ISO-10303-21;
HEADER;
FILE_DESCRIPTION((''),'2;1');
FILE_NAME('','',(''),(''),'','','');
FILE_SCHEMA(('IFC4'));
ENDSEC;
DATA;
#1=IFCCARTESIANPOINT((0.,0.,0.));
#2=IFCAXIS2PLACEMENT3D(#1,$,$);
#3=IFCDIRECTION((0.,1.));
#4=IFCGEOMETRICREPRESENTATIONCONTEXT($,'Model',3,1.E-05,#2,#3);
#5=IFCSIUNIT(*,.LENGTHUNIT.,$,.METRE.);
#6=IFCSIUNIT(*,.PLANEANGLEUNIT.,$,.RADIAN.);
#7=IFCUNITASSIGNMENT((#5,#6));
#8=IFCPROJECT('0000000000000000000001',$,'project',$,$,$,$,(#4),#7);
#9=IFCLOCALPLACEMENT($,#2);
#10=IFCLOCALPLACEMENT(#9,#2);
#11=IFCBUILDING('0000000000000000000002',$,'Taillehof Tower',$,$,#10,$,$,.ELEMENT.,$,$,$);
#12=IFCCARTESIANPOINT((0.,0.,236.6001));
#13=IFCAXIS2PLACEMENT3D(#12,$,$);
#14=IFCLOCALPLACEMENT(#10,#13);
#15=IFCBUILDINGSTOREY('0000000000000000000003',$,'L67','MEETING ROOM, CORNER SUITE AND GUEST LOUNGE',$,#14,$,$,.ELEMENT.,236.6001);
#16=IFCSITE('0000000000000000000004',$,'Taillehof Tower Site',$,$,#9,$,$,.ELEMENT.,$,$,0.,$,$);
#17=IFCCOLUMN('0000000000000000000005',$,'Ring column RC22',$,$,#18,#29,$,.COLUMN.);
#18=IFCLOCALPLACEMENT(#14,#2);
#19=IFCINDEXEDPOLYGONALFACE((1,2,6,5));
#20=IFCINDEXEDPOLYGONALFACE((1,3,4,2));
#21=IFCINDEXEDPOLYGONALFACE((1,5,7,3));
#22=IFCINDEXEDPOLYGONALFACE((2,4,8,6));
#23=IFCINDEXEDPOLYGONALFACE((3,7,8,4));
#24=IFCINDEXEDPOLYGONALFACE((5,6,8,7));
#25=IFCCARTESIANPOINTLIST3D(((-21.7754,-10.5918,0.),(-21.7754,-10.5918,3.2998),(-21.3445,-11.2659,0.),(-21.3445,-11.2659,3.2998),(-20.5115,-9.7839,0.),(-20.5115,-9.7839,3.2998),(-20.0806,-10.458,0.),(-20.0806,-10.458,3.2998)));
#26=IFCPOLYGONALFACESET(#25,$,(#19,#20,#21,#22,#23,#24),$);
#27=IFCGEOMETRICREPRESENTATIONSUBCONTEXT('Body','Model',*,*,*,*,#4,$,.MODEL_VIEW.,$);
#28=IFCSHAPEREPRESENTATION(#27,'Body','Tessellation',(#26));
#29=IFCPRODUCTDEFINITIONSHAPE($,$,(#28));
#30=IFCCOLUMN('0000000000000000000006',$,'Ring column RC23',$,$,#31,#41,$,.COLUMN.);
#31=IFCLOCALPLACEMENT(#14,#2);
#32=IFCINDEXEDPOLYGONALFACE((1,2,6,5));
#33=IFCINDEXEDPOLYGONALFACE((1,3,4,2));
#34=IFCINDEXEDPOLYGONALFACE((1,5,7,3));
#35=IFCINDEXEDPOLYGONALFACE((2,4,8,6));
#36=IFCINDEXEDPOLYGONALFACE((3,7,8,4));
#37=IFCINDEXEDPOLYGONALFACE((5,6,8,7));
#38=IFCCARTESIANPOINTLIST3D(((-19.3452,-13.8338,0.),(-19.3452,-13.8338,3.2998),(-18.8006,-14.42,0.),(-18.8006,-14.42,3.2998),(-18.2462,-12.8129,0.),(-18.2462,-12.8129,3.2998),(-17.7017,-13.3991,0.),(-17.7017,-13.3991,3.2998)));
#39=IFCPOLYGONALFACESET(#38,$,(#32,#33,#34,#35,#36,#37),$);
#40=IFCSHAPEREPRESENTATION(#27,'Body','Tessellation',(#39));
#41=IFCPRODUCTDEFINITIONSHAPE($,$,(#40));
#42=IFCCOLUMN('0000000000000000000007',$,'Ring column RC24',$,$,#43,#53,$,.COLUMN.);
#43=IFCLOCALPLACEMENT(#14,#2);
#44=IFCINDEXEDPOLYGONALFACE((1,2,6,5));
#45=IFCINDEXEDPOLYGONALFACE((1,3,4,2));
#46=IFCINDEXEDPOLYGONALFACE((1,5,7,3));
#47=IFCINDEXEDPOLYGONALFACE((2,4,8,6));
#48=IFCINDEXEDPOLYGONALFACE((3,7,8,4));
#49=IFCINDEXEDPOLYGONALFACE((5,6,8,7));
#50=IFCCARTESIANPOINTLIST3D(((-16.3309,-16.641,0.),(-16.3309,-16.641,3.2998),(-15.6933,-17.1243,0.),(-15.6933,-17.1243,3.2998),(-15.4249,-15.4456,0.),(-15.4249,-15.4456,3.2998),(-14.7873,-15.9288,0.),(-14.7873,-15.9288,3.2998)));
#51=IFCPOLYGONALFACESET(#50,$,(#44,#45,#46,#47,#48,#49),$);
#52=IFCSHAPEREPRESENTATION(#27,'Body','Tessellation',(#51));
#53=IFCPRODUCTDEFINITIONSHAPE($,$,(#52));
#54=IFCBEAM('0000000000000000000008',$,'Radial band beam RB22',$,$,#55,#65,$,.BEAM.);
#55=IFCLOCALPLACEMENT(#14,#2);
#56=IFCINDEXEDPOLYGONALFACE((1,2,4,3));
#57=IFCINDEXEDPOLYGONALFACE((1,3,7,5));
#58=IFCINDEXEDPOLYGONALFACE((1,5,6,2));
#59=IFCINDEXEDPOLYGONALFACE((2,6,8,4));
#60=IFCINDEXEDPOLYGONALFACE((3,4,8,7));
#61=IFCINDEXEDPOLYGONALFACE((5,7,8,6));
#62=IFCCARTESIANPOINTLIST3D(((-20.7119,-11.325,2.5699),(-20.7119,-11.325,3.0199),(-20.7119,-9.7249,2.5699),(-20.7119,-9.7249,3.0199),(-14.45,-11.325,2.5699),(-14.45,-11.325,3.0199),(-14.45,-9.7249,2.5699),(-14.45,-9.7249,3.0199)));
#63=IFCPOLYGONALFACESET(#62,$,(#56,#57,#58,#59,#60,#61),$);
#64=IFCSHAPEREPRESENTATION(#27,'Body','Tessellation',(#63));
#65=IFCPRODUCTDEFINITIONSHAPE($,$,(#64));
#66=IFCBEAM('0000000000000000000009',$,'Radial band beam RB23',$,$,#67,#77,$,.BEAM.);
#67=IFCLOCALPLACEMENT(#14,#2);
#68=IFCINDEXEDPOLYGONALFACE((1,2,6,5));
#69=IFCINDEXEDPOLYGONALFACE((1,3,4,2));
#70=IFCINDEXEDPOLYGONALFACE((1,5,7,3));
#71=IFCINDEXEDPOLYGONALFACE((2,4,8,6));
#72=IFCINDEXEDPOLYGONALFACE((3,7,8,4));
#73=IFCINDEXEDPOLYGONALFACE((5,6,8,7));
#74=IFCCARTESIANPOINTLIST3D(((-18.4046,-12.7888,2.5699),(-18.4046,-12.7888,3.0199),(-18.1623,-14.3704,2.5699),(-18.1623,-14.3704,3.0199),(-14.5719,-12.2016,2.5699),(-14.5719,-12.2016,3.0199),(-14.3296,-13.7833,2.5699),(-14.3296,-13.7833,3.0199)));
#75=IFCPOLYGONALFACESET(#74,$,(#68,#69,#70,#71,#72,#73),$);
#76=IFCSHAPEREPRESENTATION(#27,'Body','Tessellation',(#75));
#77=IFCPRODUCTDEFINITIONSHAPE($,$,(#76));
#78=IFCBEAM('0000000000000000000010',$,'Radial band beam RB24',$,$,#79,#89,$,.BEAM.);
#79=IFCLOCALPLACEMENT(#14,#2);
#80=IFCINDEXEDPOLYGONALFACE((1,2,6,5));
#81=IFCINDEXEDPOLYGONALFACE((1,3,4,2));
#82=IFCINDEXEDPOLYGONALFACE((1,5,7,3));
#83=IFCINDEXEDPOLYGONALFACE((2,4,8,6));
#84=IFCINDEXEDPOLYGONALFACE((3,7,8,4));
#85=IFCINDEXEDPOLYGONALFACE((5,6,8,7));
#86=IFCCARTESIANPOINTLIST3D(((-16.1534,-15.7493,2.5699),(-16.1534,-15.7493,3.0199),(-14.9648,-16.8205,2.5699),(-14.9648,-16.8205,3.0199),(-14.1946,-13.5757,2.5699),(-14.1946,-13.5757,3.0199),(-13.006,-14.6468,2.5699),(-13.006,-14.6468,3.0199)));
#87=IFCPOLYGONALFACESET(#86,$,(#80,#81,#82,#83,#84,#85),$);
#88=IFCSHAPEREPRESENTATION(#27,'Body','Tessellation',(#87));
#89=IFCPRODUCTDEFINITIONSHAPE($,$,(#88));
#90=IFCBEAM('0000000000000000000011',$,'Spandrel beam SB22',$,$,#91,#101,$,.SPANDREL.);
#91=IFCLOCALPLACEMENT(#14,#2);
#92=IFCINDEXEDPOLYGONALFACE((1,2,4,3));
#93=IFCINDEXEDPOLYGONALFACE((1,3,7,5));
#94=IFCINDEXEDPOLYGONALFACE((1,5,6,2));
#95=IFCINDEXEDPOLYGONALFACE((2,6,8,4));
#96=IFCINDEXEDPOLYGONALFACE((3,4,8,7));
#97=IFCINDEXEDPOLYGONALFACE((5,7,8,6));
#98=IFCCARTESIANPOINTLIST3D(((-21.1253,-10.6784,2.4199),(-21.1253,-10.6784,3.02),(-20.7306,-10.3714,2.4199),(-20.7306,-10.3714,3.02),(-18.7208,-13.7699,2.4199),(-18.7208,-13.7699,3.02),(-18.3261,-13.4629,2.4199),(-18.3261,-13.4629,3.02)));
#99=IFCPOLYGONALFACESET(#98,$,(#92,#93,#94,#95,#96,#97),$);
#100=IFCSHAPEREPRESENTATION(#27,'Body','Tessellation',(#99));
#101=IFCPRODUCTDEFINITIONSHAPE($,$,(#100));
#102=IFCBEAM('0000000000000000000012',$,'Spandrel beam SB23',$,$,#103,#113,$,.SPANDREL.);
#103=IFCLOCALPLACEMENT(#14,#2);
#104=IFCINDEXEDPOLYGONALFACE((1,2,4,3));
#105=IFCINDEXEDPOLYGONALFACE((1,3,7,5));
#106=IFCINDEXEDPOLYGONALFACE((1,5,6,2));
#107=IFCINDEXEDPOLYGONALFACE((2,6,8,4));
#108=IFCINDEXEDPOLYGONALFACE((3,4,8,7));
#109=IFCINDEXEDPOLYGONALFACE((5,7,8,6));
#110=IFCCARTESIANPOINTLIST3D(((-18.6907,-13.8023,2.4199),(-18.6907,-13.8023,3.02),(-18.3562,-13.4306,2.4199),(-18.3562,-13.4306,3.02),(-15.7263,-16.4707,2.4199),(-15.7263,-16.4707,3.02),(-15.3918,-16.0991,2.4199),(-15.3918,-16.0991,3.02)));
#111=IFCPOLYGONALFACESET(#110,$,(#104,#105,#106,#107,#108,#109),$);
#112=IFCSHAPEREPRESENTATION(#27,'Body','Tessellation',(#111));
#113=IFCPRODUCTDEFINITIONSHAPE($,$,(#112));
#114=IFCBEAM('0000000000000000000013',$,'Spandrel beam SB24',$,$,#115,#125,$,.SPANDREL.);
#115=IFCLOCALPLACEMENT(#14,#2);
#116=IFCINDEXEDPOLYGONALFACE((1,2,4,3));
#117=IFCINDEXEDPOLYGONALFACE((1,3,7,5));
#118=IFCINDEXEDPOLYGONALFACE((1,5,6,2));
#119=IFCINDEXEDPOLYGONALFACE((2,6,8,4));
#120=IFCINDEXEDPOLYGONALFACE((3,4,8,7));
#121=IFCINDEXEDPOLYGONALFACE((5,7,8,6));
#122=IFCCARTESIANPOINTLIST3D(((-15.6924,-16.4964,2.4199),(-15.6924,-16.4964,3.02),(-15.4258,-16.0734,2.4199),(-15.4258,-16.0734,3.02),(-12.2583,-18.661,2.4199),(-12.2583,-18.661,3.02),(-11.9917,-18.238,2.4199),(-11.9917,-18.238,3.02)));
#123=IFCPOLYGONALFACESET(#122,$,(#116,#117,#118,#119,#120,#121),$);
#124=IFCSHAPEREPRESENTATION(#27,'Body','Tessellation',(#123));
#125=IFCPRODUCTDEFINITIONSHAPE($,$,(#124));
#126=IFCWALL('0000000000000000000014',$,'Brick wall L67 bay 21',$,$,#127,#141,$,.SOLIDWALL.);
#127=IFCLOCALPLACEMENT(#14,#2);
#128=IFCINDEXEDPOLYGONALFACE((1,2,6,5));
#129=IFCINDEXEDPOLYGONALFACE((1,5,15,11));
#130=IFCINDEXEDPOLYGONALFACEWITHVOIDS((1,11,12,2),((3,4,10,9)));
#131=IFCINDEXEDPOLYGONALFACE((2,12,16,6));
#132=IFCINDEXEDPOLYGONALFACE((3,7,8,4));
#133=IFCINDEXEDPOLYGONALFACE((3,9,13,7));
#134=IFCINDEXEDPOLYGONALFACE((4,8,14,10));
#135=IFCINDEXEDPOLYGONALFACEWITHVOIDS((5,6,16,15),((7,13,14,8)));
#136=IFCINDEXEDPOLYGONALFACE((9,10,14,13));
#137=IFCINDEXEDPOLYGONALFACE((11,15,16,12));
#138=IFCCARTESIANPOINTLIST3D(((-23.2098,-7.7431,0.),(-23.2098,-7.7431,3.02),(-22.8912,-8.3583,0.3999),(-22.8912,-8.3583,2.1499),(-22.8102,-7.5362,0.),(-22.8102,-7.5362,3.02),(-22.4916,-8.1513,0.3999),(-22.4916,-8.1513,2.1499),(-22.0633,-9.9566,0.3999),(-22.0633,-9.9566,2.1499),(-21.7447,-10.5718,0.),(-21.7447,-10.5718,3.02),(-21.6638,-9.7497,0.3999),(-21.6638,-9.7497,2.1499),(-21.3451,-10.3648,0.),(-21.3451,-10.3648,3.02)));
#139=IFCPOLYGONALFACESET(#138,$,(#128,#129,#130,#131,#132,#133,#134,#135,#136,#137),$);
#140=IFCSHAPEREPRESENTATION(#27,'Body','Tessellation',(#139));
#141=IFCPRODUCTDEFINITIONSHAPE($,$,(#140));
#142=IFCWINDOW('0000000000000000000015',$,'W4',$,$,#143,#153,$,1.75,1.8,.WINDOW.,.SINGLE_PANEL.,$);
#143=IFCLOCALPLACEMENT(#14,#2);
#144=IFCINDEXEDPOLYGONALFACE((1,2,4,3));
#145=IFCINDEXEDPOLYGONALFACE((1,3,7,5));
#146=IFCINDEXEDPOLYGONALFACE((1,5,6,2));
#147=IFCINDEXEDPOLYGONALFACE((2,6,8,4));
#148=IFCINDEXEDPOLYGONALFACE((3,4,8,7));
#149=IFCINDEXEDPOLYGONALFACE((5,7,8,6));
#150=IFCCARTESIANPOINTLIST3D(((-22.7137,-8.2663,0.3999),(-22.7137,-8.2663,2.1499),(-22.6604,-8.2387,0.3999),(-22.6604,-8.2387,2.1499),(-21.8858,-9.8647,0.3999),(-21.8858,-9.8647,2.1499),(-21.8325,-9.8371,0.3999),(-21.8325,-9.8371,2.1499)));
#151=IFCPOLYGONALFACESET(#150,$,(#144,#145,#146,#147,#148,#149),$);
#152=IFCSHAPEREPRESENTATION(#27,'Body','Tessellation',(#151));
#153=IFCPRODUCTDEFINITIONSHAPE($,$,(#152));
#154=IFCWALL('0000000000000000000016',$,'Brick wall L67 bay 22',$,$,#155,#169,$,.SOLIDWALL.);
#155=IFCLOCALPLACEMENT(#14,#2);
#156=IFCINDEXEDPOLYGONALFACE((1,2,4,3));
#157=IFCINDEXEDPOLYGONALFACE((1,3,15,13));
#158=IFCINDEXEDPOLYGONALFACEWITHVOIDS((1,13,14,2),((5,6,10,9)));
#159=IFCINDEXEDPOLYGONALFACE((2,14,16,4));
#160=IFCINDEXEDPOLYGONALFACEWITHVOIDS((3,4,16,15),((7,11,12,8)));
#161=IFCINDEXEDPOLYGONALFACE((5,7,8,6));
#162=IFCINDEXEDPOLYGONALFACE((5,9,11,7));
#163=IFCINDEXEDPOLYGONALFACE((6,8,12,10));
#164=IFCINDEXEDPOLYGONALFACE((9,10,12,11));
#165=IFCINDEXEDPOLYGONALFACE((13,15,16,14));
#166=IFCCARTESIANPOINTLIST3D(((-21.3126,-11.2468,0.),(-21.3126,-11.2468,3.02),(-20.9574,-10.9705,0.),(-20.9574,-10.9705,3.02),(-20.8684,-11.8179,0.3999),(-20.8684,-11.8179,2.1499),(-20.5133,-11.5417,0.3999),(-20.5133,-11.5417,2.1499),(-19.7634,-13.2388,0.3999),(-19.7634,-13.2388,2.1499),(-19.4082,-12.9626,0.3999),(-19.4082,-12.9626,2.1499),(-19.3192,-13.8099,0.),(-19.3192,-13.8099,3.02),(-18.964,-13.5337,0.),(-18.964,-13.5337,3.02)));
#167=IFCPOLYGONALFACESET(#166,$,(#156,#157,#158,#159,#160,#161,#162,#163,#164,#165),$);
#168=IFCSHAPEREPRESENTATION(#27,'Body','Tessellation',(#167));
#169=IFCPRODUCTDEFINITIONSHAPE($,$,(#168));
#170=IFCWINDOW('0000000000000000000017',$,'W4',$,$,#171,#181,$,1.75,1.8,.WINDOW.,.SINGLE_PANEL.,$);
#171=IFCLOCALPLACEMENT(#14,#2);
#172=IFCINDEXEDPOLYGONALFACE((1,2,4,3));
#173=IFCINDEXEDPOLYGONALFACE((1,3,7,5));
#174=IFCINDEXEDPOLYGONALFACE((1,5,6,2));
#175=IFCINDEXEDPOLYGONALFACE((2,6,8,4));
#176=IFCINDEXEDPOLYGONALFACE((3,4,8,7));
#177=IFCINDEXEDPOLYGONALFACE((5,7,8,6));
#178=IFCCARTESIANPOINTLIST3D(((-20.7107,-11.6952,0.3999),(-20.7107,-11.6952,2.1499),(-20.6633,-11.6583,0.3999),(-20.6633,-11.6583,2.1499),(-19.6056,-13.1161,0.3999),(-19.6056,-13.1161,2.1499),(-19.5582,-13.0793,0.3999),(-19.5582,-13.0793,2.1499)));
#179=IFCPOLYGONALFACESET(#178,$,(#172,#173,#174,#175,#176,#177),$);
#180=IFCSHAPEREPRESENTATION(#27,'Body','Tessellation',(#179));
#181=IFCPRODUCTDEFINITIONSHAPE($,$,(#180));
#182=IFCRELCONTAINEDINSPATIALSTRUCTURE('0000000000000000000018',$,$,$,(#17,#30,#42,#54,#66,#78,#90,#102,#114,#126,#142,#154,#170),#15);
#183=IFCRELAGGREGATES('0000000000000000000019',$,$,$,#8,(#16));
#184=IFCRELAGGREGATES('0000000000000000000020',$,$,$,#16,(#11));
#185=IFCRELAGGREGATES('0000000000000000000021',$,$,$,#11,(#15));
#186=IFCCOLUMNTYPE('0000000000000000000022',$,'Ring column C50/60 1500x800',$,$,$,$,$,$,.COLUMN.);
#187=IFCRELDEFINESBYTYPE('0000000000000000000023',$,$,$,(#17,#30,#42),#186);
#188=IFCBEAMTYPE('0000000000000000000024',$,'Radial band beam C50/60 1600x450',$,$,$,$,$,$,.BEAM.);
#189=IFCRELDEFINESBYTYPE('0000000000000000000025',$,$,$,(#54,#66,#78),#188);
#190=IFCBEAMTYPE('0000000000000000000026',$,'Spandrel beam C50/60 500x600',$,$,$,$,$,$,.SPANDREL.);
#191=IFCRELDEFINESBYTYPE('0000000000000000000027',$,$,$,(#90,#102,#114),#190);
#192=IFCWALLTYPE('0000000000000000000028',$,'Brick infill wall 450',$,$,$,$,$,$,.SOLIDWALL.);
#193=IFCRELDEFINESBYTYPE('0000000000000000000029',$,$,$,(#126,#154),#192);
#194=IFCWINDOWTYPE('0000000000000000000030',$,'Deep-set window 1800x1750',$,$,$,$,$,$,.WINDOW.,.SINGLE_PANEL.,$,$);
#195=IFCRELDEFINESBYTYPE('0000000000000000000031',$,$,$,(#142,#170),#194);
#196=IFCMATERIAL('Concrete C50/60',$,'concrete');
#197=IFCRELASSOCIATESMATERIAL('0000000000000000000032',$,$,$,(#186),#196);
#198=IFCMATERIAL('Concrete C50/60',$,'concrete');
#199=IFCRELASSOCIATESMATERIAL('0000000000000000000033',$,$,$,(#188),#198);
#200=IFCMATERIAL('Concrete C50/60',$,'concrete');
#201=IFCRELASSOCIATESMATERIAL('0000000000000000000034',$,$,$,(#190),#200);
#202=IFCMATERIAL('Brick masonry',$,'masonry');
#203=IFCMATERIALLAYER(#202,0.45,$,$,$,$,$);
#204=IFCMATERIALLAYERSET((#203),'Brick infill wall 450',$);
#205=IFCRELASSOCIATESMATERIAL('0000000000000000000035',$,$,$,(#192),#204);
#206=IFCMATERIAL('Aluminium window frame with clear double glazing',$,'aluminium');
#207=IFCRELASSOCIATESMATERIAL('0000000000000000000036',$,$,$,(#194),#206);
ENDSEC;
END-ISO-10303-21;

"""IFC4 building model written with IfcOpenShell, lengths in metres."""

from ifc_helpers import new_model, si_unit, direction, frame, frame_2d, origin, origin_2d, place, context, subcontext, project, spatial, rectangle, extrude, material, layer, layer_set, material_profile, profile_set, type_object, element, fill, save


model = new_model("IFC4")

# Units and contexts
model_context = context("Model", 3, precision=1e-05, world=origin(), true_north=direction((0.0, 1.0)))
body_context = subcontext(model_context, "Body", "Model", "MODEL_VIEW")
ifc_project = project(units=[si_unit("LENGTHUNIT", "METRE"), si_unit("PLANEANGLEUNIT", "RADIAN")], contexts=[model_context])

# Site, building, storey
site_placement = place(None, origin())
site = spatial("IfcSite", under=ifc_project, at=site_placement, Name="Taillehof Tower Site", CompositionType="ELEMENT", RefElevation=0.0)
building_placement = place(site_placement, origin())
building = spatial("IfcBuilding", under=site, at=building_placement, Name="Taillehof Tower", CompositionType="ELEMENT")
storey_placement = place(building_placement, frame((0.0, 0.0, 236.6001)))
storey = spatial("IfcBuildingStorey", under=building, at=storey_placement, Name="L67", Description="MEETING ROOM, CORNER SUITE AND GUEST LOUNGE", CompositionType="ELEMENT", Elevation=236.6001)

# Columns
ifc_material_1 = material(Name="Concrete C50/60", Category="concrete")
ifc_material_profile_1 = material_profile(ifc_material_1, rectangle(XDim=1.5, YDim=0.8, at=origin_2d()), Name="RC 1500x800")
ifc_profile_set_1 = profile_set([ifc_material_profile_1], Name="Concrete C50/60")
column_type = type_object("IfcColumnType", Name="Ring column C50/60 1500x800", PredefinedType="COLUMN", material=ifc_profile_set_1)
for number, where, z_axis, x_axis, name in (
    (1, (-20.928, -10.5249, 0.0), (0.0, 0.0, 1.0), (-0.842574, -0.538581, 0.0), "Ring column RC22"),
    (2, (-18.5234, -13.6165, 0.0), (0.0, 0.0, 1.0), (-0.732636, -0.680621, 0.0), "Ring column RC23"),
    (3, (-15.5591, -16.2849, 0.0), (0.0, 0.0, 1.0), (-0.60402, -0.796969, 0.0), "Ring column RC24"),
):
    element("IfcColumn", number, at=place(storey_placement, frame(where, z_axis=z_axis, x_axis=x_axis)), inside=storey, type_object=column_type, Name=name, PredefinedType="COLUMN", context=body_context, shape_type="SweptSolid", body=[
        extrude(rectangle(XDim=1.5, YDim=0.8, at=origin_2d()), origin(), (0.0, 0.0, 1.0), 3.2998),
    ])

# Beams
ifc_material_2 = material(Name="Concrete C50/60", Category="concrete")
ifc_material_profile_2 = material_profile(ifc_material_2, rectangle(XDim=1.6001, YDim=0.45, at=origin_2d()), Name="RC 1600x450")
ifc_profile_set_2 = profile_set([ifc_material_profile_2], Name="Concrete C50/60")
beam_type_1 = type_object("IfcBeamType", Name="Radial band beam C50/60 1600x450", PredefinedType="BEAM", material=ifc_profile_set_2)
beam_1_placement = place(storey_placement, frame((-20.7119, -10.5249, 2.7949), z_axis=(1.0, 0.0, 0.0), x_axis=(0.0, 1.0, 0.0)))
element("IfcBeam", 4, at=beam_1_placement, inside=storey, type_object=beam_type_1, Name="Radial band beam RB22", PredefinedType="BEAM", context=body_context, shape_type="SweptSolid", body=[
    extrude(rectangle(XDim=1.6001, YDim=0.45, at=origin_2d()), origin(), (0.0, 0.0, 1.0), 6.262),
])
beam_2_placement = place(storey_placement, frame((-18.2834, -13.5796, 2.7949), z_axis=(0.988468, 0.151428, 0.0), x_axis=(-0.151428, 0.988468, 0.0)))
element("IfcBeam", 5, at=beam_2_placement, inside=storey, type_object=beam_type_1, Name="Radial band beam RB23", PredefinedType="BEAM", context=body_context, shape_type="SweptSolid", body=[
    extrude(rectangle(XDim=1.6001, YDim=0.45, at=origin_2d()), origin(), (0.0, 0.0, 1.0), 3.8774),
])
beam_3_placement = place(storey_placement, frame((-15.5591, -16.2849, 2.7949), z_axis=(0.669439, 0.742867, 0.0), x_axis=(-0.742867, 0.669439, 0.0)))
element("IfcBeam", 6, at=beam_3_placement, inside=storey, type_object=beam_type_1, Name="Radial band beam RB24", PredefinedType="BEAM", context=body_context, shape_type="SweptSolid", body=[
    extrude(rectangle(XDim=1.6001, YDim=0.45, at=origin_2d()), origin(), (0.0, 0.0, 1.0), 2.926),
])
ifc_material_3 = material(Name="Concrete C50/60", Category="concrete")
ifc_material_profile_3 = material_profile(ifc_material_3, rectangle(XDim=0.5, YDim=0.6001, at=origin_2d()), Name="RC 500x600")
ifc_profile_set_3 = profile_set([ifc_material_profile_3], Name="Concrete C50/60")
beam_type_2 = type_object("IfcBeamType", Name="Spandrel beam C50/60 500x600", PredefinedType="SPANDREL", material=ifc_profile_set_3)
beam_4_placement = place(storey_placement, frame((-20.928, -10.5249, 2.72), z_axis=(0.613941, -0.789352, 0.0), x_axis=(0.789352, 0.613941, 0.0)))
element("IfcBeam", 7, at=beam_4_placement, inside=storey, type_object=beam_type_2, Name="Spandrel beam SB22", PredefinedType="SPANDREL", context=body_context, shape_type="SweptSolid", body=[
    extrude(rectangle(XDim=0.5, YDim=0.6001, at=origin_2d()), origin(), (0.0, 0.0, 1.0), 3.9165),
])
beam_5_placement = place(storey_placement, frame((-18.5234, -13.6165, 2.72), z_axis=(0.743227, -0.669039, 0.0), x_axis=(0.669039, 0.743227, 0.0)))
element("IfcBeam", 8, at=beam_5_placement, inside=storey, type_object=beam_type_2, Name="Spandrel beam SB23", PredefinedType="SPANDREL", context=body_context, shape_type="SweptSolid", body=[
    extrude(rectangle(XDim=0.5, YDim=0.6001, at=origin_2d()), origin(), (0.0, 0.0, 1.0), 3.9885),
])
beam_6_placement = place(storey_placement, frame((-15.5591, -16.2849, 2.72), z_axis=(0.845972, -0.533228, 0.0), x_axis=(0.533228, 0.845972, 0.0)))
element("IfcBeam", 9, at=beam_6_placement, inside=storey, type_object=beam_type_2, Name="Spandrel beam SB24", PredefinedType="SPANDREL", context=body_context, shape_type="SweptSolid", body=[
    extrude(rectangle(XDim=0.5, YDim=0.6001, at=origin_2d()), origin(), (0.0, 0.0, 1.0), 4.0593),
])

# Walls, openings, windows
ifc_material_4 = material(Name="Brick masonry", Category="masonry")
ifc_layer_1 = layer(ifc_material_4, 0.45)
ifc_layer_set_1 = layer_set([ifc_layer_1], Name="Brick infill wall 450")
wall_type_1 = type_object("IfcWallType", Name="Brick infill wall 450", PredefinedType="SOLIDWALL", material=ifc_layer_set_1)
wall_1_placement = place(storey_placement, frame((-23.01, -7.6396, 0.0), z_axis=(0.0, 0.0, 1.0), x_axis=(0.459921, -0.88796, 0.0)))
wall_1 = element("IfcWall", 10, at=wall_1_placement, inside=storey, type_object=wall_type_1, Name="Brick wall L67 bay 21", PredefinedType="SOLIDWALL", context=body_context, shape_type="SweptSolid", body=[
    extrude(rectangle(XDim=3.1855, YDim=0.45, at=frame_2d((1.5928, 0.0))), origin(), (0.0, 0.0, 1.0), 3.02),
])
opening_1_placement = place(wall_1_placement, frame((0.6929, 0.0, 0.3999)))
opening_1 = element("IfcOpeningElement", 11, at=opening_1_placement, cuts=wall_1, PredefinedType="OPENING", context=body_context, shape_type="SweptSolid", body=[
    extrude(rectangle(XDim=1.8, YDim=1.75, at=frame_2d((0.8999, 0.875))), frame((0.0, 0.2349, 0.0), z_axis=(0.0, -1.0, 0.0), x_axis=(1.0, 0.0, 0.0)), (0.0, 0.0, 1.0), 0.47),
])
ifc_material_5 = material(Name="Aluminium window frame with clear double glazing", Category="aluminium")
window_type = type_object("IfcWindowType", Name="Deep-set window 1800x1750", PartitioningType="SINGLE_PANEL", PredefinedType="WINDOW", material=ifc_material_5)
window_1_placement = place(opening_1_placement, origin())
window_1 = element("IfcWindow", 12, at=window_1_placement, inside=storey, type_object=window_type, Name="W4", OverallHeight=1.75, OverallWidth=1.8, PartitioningType="SINGLE_PANEL", PredefinedType="WINDOW", context=body_context, shape_type="SweptSolid", body=[
    extrude(rectangle(XDim=1.8, YDim=1.75, at=frame_2d((0.8999, 0.875))), frame((0.0, 0.0349, 0.0), z_axis=(0.0, -1.0, 0.0), x_axis=(1.0, 0.0, 0.0)), (0.0, 0.0, 1.0), 0.0601),
])
fill(opening_1, window_1)
wall_2_placement = place(storey_placement, frame((-21.135, -11.1086, 0.0), z_axis=(0.0, 0.0, 1.0), x_axis=(0.613899, -0.789385, 0.0)))
wall_2 = element("IfcWall", 13, at=wall_2_placement, inside=storey, type_object=wall_type_1, Name="Brick wall L67 bay 22", PredefinedType="SOLIDWALL", context=body_context, shape_type="SweptSolid", body=[
    extrude(rectangle(XDim=3.2471, YDim=0.45, at=frame_2d((1.6235, 0.0))), origin(), (0.0, 0.0, 1.0), 3.02),
])
opening_2_placement = place(wall_2_placement, frame((0.7236, 0.0, 0.3999)))
opening_2 = element("IfcOpeningElement", 14, at=opening_2_placement, cuts=wall_2, PredefinedType="OPENING", context=body_context, shape_type="SweptSolid", body=[
    extrude(rectangle(XDim=1.8, YDim=1.75, at=frame_2d((0.8999, 0.875))), frame((0.0, 0.2349, 0.0), z_axis=(0.0, -1.0, 0.0), x_axis=(1.0, 0.0, 0.0)), (0.0, 0.0, 1.0), 0.47),
])
window_2_placement = place(opening_2_placement, origin())
window_2 = element("IfcWindow", 15, at=window_2_placement, inside=storey, type_object=window_type, Name="W4", OverallHeight=1.75, OverallWidth=1.8, PartitioningType="SINGLE_PANEL", PredefinedType="WINDOW", context=body_context, shape_type="SweptSolid", body=[
    extrude(rectangle(XDim=1.8, YDim=1.75, at=frame_2d((0.8999, 0.875))), frame((0.0, 0.0349, 0.0), z_axis=(0.0, -1.0, 0.0), x_axis=(1.0, 0.0, 0.0)), (0.0, 0.0, 1.0), 0.0601),
])
fill(opening_2, window_2)

save(model, "model.ifc")
